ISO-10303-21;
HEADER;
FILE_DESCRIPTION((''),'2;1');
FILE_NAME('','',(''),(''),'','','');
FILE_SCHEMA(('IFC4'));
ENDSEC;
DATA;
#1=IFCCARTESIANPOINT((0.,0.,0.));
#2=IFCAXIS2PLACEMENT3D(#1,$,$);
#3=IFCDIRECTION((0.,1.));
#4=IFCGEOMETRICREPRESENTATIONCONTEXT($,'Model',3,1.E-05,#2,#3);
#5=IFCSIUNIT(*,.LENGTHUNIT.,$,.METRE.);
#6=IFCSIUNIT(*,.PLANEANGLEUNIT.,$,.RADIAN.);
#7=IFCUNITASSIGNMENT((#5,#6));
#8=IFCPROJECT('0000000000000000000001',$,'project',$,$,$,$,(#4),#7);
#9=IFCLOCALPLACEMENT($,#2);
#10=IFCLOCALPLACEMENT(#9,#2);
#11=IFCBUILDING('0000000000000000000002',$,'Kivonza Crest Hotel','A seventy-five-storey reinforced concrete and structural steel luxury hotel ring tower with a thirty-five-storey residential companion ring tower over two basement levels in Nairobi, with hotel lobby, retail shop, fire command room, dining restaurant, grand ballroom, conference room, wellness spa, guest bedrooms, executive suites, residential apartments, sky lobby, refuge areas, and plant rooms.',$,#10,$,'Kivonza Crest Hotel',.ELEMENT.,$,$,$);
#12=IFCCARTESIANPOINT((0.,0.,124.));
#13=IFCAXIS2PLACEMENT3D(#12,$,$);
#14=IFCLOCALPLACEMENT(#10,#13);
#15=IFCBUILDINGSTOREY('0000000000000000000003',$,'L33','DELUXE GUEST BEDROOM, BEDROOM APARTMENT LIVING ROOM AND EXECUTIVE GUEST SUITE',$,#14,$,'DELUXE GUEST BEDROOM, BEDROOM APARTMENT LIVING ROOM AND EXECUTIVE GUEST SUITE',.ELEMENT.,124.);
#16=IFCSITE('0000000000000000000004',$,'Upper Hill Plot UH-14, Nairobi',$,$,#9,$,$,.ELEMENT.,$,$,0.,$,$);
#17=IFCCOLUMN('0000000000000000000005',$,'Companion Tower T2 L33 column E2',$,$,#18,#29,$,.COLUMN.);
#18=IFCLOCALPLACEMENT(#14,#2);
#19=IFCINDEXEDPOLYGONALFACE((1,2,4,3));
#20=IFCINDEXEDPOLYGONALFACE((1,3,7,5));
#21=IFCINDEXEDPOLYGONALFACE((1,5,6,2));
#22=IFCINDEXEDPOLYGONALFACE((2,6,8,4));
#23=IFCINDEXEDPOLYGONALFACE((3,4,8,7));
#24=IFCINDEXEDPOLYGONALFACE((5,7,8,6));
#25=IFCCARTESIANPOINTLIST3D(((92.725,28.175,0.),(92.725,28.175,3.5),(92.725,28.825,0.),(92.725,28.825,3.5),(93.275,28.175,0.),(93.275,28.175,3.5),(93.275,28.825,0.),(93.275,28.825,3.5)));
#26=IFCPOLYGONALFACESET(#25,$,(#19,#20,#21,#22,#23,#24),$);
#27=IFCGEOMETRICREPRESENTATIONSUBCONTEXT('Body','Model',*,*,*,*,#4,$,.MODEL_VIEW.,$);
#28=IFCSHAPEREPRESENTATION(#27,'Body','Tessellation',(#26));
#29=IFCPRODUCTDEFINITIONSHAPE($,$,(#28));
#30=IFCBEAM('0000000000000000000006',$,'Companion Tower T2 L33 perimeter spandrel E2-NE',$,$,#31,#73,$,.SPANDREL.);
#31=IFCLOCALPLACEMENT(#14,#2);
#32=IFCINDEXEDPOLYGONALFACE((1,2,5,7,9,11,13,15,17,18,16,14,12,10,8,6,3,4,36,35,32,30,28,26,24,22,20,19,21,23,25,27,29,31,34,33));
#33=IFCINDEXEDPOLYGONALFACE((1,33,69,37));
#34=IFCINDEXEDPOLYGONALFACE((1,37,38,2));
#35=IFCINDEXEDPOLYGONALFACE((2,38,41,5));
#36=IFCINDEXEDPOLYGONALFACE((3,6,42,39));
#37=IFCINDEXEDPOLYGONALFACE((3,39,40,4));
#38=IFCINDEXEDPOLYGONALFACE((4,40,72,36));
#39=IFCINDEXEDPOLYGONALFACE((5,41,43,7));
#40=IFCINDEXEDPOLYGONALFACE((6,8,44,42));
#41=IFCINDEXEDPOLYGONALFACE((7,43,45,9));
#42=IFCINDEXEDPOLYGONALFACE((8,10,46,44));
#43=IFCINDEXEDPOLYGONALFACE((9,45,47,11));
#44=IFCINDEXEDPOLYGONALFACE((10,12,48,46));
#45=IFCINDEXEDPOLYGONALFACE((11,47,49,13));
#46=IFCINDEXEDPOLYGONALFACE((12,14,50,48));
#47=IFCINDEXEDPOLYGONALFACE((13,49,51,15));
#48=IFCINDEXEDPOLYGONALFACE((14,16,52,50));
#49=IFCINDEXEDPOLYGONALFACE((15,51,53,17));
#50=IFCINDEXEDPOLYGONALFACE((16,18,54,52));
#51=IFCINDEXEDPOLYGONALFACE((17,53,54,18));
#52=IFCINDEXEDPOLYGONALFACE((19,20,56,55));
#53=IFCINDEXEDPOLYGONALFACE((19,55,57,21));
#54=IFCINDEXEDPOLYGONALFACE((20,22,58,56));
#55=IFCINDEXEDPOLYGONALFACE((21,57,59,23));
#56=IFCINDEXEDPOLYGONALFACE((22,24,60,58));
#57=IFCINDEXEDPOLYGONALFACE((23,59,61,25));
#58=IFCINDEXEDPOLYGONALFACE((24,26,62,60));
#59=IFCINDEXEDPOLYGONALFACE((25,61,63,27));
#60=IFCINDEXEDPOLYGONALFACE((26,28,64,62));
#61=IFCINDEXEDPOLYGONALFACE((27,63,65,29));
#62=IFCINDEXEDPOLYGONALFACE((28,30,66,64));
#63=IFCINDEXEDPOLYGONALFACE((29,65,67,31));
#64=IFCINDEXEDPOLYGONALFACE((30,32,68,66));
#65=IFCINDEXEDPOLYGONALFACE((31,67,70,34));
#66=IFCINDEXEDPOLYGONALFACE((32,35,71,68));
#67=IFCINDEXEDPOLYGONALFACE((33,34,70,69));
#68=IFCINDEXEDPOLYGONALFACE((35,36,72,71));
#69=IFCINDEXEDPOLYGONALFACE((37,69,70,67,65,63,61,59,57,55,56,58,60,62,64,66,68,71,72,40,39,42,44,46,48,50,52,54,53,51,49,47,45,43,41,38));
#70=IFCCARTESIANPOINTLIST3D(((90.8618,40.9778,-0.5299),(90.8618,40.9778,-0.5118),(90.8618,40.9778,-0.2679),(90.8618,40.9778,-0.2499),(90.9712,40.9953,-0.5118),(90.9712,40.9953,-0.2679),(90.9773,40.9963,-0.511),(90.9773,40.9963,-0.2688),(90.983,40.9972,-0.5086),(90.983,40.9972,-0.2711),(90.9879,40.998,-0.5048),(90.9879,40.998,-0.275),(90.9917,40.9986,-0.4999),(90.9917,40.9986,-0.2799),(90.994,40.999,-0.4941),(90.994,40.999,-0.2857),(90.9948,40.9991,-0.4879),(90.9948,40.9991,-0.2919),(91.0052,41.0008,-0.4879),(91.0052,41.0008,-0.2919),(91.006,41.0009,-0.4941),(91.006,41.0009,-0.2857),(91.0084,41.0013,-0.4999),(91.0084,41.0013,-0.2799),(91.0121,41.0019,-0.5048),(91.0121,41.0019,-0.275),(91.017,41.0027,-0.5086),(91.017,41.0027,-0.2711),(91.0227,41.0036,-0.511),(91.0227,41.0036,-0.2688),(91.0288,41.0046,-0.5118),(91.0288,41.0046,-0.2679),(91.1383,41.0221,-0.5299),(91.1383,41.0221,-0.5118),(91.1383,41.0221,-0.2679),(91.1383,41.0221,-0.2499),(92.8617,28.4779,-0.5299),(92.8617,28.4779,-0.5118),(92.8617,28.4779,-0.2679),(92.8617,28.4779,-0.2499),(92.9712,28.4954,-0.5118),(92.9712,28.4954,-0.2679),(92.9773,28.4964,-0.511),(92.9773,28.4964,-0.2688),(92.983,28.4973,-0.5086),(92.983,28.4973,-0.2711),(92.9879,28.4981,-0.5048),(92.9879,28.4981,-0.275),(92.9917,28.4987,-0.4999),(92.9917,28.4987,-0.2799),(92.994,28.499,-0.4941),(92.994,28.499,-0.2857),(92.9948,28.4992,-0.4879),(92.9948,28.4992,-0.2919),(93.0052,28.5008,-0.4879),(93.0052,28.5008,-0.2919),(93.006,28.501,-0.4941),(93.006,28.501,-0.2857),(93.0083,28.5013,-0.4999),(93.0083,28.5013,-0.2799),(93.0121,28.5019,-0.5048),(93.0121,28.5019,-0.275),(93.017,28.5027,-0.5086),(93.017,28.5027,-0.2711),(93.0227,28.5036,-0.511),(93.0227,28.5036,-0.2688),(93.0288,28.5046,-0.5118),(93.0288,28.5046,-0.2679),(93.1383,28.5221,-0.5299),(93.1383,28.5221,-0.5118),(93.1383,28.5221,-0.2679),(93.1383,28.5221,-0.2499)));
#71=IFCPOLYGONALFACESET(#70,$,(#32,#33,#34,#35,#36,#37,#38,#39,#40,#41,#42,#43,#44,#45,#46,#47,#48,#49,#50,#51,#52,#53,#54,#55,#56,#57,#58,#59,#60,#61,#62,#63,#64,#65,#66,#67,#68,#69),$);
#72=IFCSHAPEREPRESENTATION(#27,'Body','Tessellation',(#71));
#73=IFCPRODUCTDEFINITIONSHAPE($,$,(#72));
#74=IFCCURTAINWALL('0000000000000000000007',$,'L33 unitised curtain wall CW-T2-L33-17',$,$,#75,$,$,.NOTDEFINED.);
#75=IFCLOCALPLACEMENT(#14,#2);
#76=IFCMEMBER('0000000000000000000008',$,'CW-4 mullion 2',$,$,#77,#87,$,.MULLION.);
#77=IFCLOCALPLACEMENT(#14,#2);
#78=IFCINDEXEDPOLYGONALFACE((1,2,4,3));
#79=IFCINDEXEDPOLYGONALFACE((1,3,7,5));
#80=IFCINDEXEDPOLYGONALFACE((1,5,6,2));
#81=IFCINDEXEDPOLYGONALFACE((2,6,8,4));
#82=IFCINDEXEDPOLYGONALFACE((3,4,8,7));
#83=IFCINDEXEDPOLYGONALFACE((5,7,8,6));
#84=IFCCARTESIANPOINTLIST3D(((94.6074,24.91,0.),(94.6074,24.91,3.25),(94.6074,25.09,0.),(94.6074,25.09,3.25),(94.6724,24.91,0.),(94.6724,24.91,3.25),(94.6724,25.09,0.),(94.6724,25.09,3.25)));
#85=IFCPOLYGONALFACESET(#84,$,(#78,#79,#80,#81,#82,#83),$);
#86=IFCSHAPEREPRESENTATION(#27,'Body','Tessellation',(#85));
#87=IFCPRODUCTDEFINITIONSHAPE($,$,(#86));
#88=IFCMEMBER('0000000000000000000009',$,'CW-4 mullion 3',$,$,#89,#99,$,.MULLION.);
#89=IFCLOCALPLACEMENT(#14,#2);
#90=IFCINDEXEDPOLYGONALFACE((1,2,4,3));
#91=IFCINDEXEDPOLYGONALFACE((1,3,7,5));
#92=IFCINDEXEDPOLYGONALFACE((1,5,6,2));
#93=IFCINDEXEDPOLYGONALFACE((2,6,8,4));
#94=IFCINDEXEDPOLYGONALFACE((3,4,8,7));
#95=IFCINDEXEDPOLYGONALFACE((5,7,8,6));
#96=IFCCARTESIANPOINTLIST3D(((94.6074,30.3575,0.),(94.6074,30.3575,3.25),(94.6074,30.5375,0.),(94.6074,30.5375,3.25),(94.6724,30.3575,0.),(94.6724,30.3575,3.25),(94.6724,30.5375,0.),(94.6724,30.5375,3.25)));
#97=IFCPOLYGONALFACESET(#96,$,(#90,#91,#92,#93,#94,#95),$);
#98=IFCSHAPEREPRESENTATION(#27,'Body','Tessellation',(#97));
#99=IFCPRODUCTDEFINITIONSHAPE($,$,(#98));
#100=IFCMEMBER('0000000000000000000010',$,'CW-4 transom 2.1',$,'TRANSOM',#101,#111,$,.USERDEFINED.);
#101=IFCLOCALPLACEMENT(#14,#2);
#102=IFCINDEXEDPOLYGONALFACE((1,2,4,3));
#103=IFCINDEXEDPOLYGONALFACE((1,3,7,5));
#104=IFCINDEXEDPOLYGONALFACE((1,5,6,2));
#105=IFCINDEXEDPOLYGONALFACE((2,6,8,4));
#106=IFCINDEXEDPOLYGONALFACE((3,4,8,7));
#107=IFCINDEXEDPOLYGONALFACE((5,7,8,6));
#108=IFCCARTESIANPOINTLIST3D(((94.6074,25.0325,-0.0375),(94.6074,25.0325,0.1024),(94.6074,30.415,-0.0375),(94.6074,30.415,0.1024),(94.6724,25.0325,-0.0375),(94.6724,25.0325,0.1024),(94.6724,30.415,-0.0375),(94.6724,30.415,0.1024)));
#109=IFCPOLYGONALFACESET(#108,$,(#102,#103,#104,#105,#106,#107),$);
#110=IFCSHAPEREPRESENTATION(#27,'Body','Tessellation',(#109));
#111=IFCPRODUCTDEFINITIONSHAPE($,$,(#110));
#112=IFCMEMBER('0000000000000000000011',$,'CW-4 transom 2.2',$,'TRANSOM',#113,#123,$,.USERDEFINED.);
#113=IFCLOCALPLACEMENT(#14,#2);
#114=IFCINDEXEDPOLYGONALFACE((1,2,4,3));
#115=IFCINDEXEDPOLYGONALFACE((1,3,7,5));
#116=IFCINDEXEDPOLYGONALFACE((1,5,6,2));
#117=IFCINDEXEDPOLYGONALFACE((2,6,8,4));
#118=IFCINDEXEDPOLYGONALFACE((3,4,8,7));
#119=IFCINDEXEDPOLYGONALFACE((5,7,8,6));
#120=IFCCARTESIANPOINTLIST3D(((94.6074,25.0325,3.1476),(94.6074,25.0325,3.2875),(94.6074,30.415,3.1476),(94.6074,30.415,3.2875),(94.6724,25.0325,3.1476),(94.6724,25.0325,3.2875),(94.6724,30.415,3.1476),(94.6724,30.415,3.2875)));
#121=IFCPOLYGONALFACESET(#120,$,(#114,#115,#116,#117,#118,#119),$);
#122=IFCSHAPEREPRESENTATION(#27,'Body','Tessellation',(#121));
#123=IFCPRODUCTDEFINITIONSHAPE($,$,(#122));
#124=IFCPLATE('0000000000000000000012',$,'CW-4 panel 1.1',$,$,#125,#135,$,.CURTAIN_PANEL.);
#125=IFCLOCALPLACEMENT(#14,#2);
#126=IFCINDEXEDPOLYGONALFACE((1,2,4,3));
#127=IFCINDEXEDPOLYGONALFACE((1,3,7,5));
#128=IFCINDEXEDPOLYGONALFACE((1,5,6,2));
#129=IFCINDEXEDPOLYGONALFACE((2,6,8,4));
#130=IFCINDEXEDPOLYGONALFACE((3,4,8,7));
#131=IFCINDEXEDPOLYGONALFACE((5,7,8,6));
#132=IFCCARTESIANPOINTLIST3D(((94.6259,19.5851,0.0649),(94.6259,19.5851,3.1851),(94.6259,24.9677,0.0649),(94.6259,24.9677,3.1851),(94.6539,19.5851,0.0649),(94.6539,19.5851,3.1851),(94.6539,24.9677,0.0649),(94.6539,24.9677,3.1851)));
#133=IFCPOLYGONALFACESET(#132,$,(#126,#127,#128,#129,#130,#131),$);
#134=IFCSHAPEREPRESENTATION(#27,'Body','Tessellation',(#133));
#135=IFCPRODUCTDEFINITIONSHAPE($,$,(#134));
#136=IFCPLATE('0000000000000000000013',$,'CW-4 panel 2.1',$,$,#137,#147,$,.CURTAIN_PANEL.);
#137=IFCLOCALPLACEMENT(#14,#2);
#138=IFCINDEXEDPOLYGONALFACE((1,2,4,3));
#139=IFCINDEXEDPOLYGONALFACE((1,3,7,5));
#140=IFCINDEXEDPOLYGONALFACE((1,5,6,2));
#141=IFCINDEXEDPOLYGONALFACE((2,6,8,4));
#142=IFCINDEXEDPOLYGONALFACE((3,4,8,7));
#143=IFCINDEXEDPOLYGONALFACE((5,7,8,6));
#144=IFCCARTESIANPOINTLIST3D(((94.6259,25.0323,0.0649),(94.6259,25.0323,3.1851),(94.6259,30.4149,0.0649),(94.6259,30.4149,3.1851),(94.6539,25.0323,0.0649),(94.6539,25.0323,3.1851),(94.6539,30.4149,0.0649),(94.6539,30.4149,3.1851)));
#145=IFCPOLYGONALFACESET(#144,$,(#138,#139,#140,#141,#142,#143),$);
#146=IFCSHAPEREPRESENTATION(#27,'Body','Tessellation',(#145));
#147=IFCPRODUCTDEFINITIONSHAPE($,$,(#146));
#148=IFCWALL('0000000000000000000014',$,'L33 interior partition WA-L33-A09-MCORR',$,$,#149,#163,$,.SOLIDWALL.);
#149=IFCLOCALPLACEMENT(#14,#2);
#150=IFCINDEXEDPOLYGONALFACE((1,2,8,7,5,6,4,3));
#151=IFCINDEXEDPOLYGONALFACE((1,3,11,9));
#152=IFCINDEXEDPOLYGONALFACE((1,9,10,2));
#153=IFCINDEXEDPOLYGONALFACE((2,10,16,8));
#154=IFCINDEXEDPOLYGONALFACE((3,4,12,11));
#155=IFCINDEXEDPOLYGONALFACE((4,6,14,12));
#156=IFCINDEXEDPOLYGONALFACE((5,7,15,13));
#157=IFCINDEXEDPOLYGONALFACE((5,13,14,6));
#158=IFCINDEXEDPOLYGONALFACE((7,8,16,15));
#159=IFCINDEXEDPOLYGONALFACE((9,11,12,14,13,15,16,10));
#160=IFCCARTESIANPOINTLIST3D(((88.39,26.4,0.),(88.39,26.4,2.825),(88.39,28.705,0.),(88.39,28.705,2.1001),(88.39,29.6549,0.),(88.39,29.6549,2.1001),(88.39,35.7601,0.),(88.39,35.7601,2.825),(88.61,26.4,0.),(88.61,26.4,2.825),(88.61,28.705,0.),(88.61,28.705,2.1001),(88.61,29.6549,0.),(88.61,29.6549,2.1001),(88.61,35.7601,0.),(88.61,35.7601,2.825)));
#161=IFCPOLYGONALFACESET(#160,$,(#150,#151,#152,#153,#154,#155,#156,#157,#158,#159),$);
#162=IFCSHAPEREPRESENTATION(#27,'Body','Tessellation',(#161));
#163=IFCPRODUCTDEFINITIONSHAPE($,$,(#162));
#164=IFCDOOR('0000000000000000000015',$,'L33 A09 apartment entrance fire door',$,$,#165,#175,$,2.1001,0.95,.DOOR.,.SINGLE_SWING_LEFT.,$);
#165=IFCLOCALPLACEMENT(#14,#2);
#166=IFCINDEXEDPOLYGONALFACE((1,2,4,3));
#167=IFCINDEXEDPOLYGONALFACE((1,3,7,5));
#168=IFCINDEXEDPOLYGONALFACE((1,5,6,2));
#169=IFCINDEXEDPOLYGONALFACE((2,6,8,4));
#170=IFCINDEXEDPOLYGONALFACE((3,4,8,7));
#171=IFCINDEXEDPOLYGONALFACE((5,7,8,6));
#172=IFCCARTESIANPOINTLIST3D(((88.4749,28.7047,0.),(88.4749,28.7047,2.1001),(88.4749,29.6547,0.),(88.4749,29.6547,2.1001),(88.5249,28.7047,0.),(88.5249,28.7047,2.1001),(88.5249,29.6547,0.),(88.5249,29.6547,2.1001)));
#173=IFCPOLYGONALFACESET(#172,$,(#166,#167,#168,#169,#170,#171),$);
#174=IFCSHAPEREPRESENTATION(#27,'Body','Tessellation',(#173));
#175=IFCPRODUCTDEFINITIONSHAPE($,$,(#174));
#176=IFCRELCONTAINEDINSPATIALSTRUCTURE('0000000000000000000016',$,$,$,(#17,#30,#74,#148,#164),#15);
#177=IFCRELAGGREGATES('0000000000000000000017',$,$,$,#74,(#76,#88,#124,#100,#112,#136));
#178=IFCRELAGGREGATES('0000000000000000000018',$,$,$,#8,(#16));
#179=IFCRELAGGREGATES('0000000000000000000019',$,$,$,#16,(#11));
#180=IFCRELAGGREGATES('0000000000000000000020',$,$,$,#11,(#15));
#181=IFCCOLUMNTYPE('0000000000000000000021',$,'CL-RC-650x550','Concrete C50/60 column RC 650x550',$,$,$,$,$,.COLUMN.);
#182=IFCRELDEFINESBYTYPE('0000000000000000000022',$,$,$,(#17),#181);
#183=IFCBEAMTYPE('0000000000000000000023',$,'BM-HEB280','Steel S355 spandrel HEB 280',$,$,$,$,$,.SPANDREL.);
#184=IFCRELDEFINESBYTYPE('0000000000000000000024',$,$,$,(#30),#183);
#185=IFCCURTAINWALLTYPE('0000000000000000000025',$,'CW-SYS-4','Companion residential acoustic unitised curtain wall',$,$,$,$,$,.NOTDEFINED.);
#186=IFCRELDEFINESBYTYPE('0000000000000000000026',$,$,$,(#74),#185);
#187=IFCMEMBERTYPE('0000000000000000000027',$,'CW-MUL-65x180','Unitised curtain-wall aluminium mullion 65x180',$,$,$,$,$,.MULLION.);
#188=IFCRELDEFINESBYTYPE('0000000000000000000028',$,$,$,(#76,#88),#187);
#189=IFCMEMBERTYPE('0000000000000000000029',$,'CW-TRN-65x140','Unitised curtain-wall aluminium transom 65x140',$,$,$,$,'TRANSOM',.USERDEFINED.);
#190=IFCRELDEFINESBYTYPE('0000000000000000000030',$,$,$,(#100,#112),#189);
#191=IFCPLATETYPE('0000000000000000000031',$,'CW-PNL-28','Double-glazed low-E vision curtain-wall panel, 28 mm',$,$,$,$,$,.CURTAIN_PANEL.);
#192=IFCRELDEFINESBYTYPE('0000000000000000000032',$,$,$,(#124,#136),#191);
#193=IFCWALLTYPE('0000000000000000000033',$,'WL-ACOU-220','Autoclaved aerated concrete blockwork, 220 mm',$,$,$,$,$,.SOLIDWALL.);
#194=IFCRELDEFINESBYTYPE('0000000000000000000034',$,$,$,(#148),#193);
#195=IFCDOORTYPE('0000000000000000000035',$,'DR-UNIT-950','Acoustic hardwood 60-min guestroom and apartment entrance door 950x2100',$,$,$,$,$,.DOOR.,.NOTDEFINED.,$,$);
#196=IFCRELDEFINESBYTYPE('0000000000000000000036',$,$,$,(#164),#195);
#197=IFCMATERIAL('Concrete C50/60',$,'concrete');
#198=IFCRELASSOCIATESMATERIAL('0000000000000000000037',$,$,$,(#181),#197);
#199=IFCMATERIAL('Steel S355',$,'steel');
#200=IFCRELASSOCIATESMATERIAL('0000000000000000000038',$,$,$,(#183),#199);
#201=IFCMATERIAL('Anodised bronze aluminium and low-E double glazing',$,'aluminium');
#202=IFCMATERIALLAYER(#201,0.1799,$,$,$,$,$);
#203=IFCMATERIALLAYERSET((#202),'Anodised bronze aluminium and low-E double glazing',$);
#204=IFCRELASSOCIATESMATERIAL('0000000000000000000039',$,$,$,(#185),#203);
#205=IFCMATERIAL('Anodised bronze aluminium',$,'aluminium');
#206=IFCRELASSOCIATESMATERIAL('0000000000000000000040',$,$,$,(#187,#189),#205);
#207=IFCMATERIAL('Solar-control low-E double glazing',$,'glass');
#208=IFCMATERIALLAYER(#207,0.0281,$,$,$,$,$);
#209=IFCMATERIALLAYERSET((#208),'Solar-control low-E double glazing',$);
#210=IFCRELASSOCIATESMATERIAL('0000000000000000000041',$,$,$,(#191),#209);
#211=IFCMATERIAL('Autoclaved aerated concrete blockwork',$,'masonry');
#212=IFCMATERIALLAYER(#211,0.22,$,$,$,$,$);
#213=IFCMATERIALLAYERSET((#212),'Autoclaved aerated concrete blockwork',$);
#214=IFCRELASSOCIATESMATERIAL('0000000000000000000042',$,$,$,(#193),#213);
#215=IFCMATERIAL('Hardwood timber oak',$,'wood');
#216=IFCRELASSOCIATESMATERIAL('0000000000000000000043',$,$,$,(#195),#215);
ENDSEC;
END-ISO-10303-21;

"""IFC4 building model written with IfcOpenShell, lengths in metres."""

from ifc_helpers import new_model, si_unit, direction, frame, frame_2d, origin, origin_2d, place, context, subcontext, project, spatial, rectangle, i_section, extrude, material, layer, layer_set, material_profile, profile_set, type_object, element, fill, aggregate, save


model = new_model("IFC4")

# Units and contexts
model_context = context("Model", 3, precision=1e-05, world=origin(), true_north=direction((0.0, 1.0)))
body_context = subcontext(model_context, "Body", "Model", "MODEL_VIEW")
ifc_project = project(units=[si_unit("LENGTHUNIT", "METRE"), si_unit("PLANEANGLEUNIT", "RADIAN")], contexts=[model_context])

# Site, building, storey
site_placement = place(None, origin())
site = spatial("IfcSite", under=ifc_project, at=site_placement, Name="Upper Hill Plot UH-14, Nairobi", CompositionType="ELEMENT", RefElevation=0.0)
building_placement = place(site_placement, origin())
building = spatial("IfcBuilding", under=site, at=building_placement, Name="Kivonza Crest Hotel", Description="A seventy-five-storey reinforced concrete and structural steel luxury hotel ring tower with a thirty-five-storey residential companion ring tower over two basement levels in Nairobi, with hotel lobby, retail shop, fire command room, dining restaurant, grand ballroom, conference room, wellness spa, guest bedrooms, executive suites, residential apartments, sky lobby, refuge areas, and plant rooms.", LongName="Kivonza Crest Hotel", CompositionType="ELEMENT")
storey_placement = place(building_placement, frame((0.0, 0.0, 124.0)))
storey = spatial("IfcBuildingStorey", under=building, at=storey_placement, Name="L33", Description="DELUXE GUEST BEDROOM, BEDROOM APARTMENT LIVING ROOM AND EXECUTIVE GUEST SUITE", LongName="DELUXE GUEST BEDROOM, BEDROOM APARTMENT LIVING ROOM AND EXECUTIVE GUEST SUITE", CompositionType="ELEMENT", Elevation=124.0)

# Column
ifc_material_1 = material(Name="Concrete C50/60", Category="concrete")
ifc_material_profile_1 = material_profile(ifc_material_1, rectangle(XDim=0.55, YDim=0.6499, at=origin_2d()), Name="RC 650x550")
ifc_profile_set_1 = profile_set([ifc_material_profile_1], Name="Concrete C50/60")
column_type = type_object("IfcColumnType", Name="CL-RC-650x550", Description="Concrete C50/60 column RC 650x550", PredefinedType="COLUMN", material=ifc_profile_set_1)
column_placement = place(storey_placement, frame((93.0, 28.5, 0.0), z_axis=(0.0, 0.0, 1.0), x_axis=(1.0, 0.0, 0.0)))
element("IfcColumn", 1, at=column_placement, inside=storey, type_object=column_type, Name="Companion Tower T2 L33 column E2", PredefinedType="COLUMN", context=body_context, shape_type="SweptSolid", body=[
    extrude(rectangle(XDim=0.55, YDim=0.6499, at=origin_2d()), origin(), (0.0, 0.0, 1.0), 3.5),
])

# Beam
ifc_material_2 = material(Name="Steel S355", Category="steel")
ifc_material_profile_2 = material_profile(ifc_material_2, i_section(OverallWidth=0.28, OverallDepth=0.28, WebThickness=0.0105, FlangeThickness=0.0181, FilletRadius=0.0239, at=origin_2d()), Name="HEB 280")
ifc_profile_set_2 = profile_set([ifc_material_profile_2], Name="Steel S355")
beam_type = type_object("IfcBeamType", Name="BM-HEB280", Description="Steel S355 spandrel HEB 280", PredefinedType="SPANDREL", material=ifc_profile_set_2)
beam_placement = place(storey_placement, frame((93.0, 28.5, -0.3899), z_axis=(-0.157991, 0.987441, 0.0), x_axis=(-0.987441, -0.157991, 0.0)))
element("IfcBeam", 2, at=beam_placement, inside=storey, type_object=beam_type, Name="Companion Tower T2 L33 perimeter spandrel E2-NE", PredefinedType="SPANDREL", context=body_context, shape_type="SweptSolid", body=[
    extrude(i_section(OverallWidth=0.28, OverallDepth=0.28, WebThickness=0.0105, FlangeThickness=0.0181, FilletRadius=0.0239, at=origin_2d()), origin(), (0.0, 0.0, 1.0), 12.6589),
])

# Curtain wall, members, plates
ifc_material_3 = material(Name="Anodised bronze aluminium and low-E double glazing", Category="aluminium")
ifc_layer_1 = layer(ifc_material_3, 0.1799)
ifc_layer_set_1 = layer_set([ifc_layer_1], Name="Anodised bronze aluminium and low-E double glazing")
curtain_wall_type = type_object("IfcCurtainWallType", Name="CW-SYS-4", Description="Companion residential acoustic unitised curtain wall", PredefinedType="NOTDEFINED", material=ifc_layer_set_1)
curtain_wall_placement = place(storey_placement, origin())
curtain_wall = element("IfcCurtainWall", 3, at=curtain_wall_placement, inside=storey, type_object=curtain_wall_type, Name="L33 unitised curtain wall CW-T2-L33-17", PredefinedType="NOTDEFINED")
ifc_material_4 = material(Name="Anodised bronze aluminium", Category="aluminium")
ifc_material_profile_3 = material_profile(ifc_material_4, rectangle(XDim=0.0649, YDim=0.1799, at=origin_2d()), Name="CW-M 65x180")
ifc_profile_set_3 = profile_set([ifc_material_profile_3], Name="Anodised bronze aluminium")
member_type_1 = type_object("IfcMemberType", Name="CW-MUL-65x180", Description="Unitised curtain-wall aluminium mullion 65x180", PredefinedType="MULLION", material=ifc_profile_set_3)
member_1_placement = place(storey_placement, frame((94.6399, 25.0, 0.0), z_axis=(0.0, 0.0, 1.0), x_axis=(-1.0, 0.0, 0.0)))
member_1 = element("IfcMember", 4, at=member_1_placement, type_object=member_type_1, Name="CW-4 mullion 2", PredefinedType="MULLION", context=body_context, shape_type="SweptSolid", body=[
    extrude(rectangle(XDim=0.0649, YDim=0.1799, at=origin_2d()), origin(), (0.0, 0.0, 1.0), 3.25),
])
member_2_placement = place(storey_placement, frame((94.6399, 30.4475, 0.0), z_axis=(0.0, 0.0, 1.0), x_axis=(-1.0, 0.0, 0.0)))
member_2 = element("IfcMember", 5, at=member_2_placement, type_object=member_type_1, Name="CW-4 mullion 3", PredefinedType="MULLION", context=body_context, shape_type="SweptSolid", body=[
    extrude(rectangle(XDim=0.0649, YDim=0.1799, at=origin_2d()), origin(), (0.0, 0.0, 1.0), 3.25),
])
ifc_material_profile_4 = material_profile(ifc_material_4, rectangle(XDim=0.0649, YDim=0.1399, at=origin_2d()), Name="CW-T 65x140")
ifc_profile_set_4 = profile_set([ifc_material_profile_4], Name="Anodised bronze aluminium")
member_type_2 = type_object("IfcMemberType", Name="CW-TRN-65x140", Description="Unitised curtain-wall aluminium transom 65x140", ElementType="TRANSOM", PredefinedType="USERDEFINED", material=ifc_profile_set_4)
member_3_placement = place(storey_placement, frame((94.6399, 25.0325, 0.0325), z_axis=(0.0, 1.0, 0.0), x_axis=(-1.0, 0.0, 0.0)))
member_3 = element("IfcMember", 6, at=member_3_placement, type_object=member_type_2, Name="CW-4 transom 2.1", ObjectType="TRANSOM", PredefinedType="USERDEFINED", context=body_context, shape_type="SweptSolid", body=[
    extrude(rectangle(XDim=0.0649, YDim=0.1399, at=origin_2d()), origin(), (0.0, 0.0, 1.0), 5.3826),
])
member_4_placement = place(storey_placement, frame((94.6399, 25.0325, 3.2175), z_axis=(0.0, 1.0, 0.0), x_axis=(-1.0, 0.0, 0.0)))
member_4 = element("IfcMember", 7, at=member_4_placement, type_object=member_type_2, Name="CW-4 transom 2.2", ObjectType="TRANSOM", PredefinedType="USERDEFINED", context=body_context, shape_type="SweptSolid", body=[
    extrude(rectangle(XDim=0.0649, YDim=0.1399, at=origin_2d()), origin(), (0.0, 0.0, 1.0), 5.3826),
])
ifc_material_5 = material(Name="Solar-control low-E double glazing", Category="glass")
ifc_layer_2 = layer(ifc_material_5, 0.0281)
ifc_layer_set_2 = layer_set([ifc_layer_2], Name="Solar-control low-E double glazing")
plate_type = type_object("IfcPlateType", Name="CW-PNL-28", Description="Double-glazed low-E vision curtain-wall panel, 28 mm", PredefinedType="CURTAIN_PANEL", material=ifc_layer_set_2)
plate_1_placement = place(storey_placement, frame((94.6399, 22.2764, 0.0649), z_axis=(0.0, 0.0, 1.0), x_axis=(0.0, 1.0, 0.0)))
plate_1 = element("IfcPlate", 8, at=plate_1_placement, type_object=plate_type, Name="CW-4 panel 1.1", PredefinedType="CURTAIN_PANEL", context=body_context, shape_type="SweptSolid", body=[
    extrude(rectangle(XDim=5.3826, YDim=0.0281, at=origin_2d()), origin(), (0.0, 0.0, 1.0), 3.1201),
])
plate_2_placement = place(storey_placement, frame((94.6399, 27.7236, 0.0649), z_axis=(0.0, 0.0, 1.0), x_axis=(0.0, 1.0, 0.0)))
plate_2 = element("IfcPlate", 9, at=plate_2_placement, type_object=plate_type, Name="CW-4 panel 2.1", PredefinedType="CURTAIN_PANEL", context=body_context, shape_type="SweptSolid", body=[
    extrude(rectangle(XDim=5.3826, YDim=0.0281, at=origin_2d()), origin(), (0.0, 0.0, 1.0), 3.1201),
])
aggregate(curtain_wall, [member_1, member_2, plate_1, member_3, member_4, plate_2])

# Wall, opening, door
ifc_material_6 = material(Name="Autoclaved aerated concrete blockwork", Category="masonry")
ifc_layer_3 = layer(ifc_material_6, 0.22)
ifc_layer_set_3 = layer_set([ifc_layer_3], Name="Autoclaved aerated concrete blockwork")
wall_type_1 = type_object("IfcWallType", Name="WL-ACOU-220", Description="Autoclaved aerated concrete blockwork, 220 mm", PredefinedType="SOLIDWALL", material=ifc_layer_set_3)
wall_1_placement = place(storey_placement, frame((88.5, 26.3999, 0.0), z_axis=(0.0, 0.0, 1.0), x_axis=(0.0, 1.0, 0.0)))
wall_1 = element("IfcWall", 10, at=wall_1_placement, inside=storey, type_object=wall_type_1, Name="L33 interior partition WA-L33-A09-MCORR", PredefinedType="SOLIDWALL", context=body_context, shape_type="SweptSolid", body=[
    extrude(rectangle(XDim=9.3601, YDim=0.22, at=frame_2d((4.6802, 0.0))), origin(), (0.0, 0.0, 1.0), 2.825),
])
opening_1_placement = place(wall_1_placement, frame((2.3049, 0.0, 0.0)))
opening_1 = element("IfcOpeningElement", 11, at=opening_1_placement, cuts=wall_1, PredefinedType="OPENING", context=body_context, shape_type="SweptSolid", body=[
    extrude(rectangle(XDim=0.95, YDim=2.1001, at=frame_2d((0.4751, 1.05))), frame((0.0, 0.1201, 0.0), z_axis=(0.0, -1.0, 0.0), x_axis=(1.0, 0.0, 0.0)), (0.0, 0.0, 1.0), 0.24),
])
ifc_material_7 = material(Name="Hardwood timber oak", Category="wood")
door_type_1 = type_object("IfcDoorType", Name="DR-UNIT-950", Description="Acoustic hardwood 60-min guestroom and apartment entrance door 950x2100", OperationType="NOTDEFINED", PredefinedType="DOOR", material=ifc_material_7)
door_1_placement = place(opening_1_placement, frame((0.95, 0.0, 0.0), z_axis=(0.0, 0.0, 1.0), x_axis=(-1.0, 0.0, 0.0)))
door_1 = element("IfcDoor", 12, at=door_1_placement, inside=storey, type_object=door_type_1, Name="L33 A09 apartment entrance fire door", OperationType="SINGLE_SWING_LEFT", OverallHeight=2.1001, OverallWidth=0.95, PredefinedType="DOOR", context=body_context, shape_type="SweptSolid", body=[
    extrude(rectangle(XDim=0.95, YDim=2.1001, at=frame_2d((0.4751, 1.05))), frame((0.0, 0.0249, 0.0), z_axis=(0.0, -1.0, 0.0), x_axis=(1.0, 0.0, 0.0)), (0.0, 0.0, 1.0), 0.05),
])
fill(opening_1, door_1)

save(model, "model.ifc")
